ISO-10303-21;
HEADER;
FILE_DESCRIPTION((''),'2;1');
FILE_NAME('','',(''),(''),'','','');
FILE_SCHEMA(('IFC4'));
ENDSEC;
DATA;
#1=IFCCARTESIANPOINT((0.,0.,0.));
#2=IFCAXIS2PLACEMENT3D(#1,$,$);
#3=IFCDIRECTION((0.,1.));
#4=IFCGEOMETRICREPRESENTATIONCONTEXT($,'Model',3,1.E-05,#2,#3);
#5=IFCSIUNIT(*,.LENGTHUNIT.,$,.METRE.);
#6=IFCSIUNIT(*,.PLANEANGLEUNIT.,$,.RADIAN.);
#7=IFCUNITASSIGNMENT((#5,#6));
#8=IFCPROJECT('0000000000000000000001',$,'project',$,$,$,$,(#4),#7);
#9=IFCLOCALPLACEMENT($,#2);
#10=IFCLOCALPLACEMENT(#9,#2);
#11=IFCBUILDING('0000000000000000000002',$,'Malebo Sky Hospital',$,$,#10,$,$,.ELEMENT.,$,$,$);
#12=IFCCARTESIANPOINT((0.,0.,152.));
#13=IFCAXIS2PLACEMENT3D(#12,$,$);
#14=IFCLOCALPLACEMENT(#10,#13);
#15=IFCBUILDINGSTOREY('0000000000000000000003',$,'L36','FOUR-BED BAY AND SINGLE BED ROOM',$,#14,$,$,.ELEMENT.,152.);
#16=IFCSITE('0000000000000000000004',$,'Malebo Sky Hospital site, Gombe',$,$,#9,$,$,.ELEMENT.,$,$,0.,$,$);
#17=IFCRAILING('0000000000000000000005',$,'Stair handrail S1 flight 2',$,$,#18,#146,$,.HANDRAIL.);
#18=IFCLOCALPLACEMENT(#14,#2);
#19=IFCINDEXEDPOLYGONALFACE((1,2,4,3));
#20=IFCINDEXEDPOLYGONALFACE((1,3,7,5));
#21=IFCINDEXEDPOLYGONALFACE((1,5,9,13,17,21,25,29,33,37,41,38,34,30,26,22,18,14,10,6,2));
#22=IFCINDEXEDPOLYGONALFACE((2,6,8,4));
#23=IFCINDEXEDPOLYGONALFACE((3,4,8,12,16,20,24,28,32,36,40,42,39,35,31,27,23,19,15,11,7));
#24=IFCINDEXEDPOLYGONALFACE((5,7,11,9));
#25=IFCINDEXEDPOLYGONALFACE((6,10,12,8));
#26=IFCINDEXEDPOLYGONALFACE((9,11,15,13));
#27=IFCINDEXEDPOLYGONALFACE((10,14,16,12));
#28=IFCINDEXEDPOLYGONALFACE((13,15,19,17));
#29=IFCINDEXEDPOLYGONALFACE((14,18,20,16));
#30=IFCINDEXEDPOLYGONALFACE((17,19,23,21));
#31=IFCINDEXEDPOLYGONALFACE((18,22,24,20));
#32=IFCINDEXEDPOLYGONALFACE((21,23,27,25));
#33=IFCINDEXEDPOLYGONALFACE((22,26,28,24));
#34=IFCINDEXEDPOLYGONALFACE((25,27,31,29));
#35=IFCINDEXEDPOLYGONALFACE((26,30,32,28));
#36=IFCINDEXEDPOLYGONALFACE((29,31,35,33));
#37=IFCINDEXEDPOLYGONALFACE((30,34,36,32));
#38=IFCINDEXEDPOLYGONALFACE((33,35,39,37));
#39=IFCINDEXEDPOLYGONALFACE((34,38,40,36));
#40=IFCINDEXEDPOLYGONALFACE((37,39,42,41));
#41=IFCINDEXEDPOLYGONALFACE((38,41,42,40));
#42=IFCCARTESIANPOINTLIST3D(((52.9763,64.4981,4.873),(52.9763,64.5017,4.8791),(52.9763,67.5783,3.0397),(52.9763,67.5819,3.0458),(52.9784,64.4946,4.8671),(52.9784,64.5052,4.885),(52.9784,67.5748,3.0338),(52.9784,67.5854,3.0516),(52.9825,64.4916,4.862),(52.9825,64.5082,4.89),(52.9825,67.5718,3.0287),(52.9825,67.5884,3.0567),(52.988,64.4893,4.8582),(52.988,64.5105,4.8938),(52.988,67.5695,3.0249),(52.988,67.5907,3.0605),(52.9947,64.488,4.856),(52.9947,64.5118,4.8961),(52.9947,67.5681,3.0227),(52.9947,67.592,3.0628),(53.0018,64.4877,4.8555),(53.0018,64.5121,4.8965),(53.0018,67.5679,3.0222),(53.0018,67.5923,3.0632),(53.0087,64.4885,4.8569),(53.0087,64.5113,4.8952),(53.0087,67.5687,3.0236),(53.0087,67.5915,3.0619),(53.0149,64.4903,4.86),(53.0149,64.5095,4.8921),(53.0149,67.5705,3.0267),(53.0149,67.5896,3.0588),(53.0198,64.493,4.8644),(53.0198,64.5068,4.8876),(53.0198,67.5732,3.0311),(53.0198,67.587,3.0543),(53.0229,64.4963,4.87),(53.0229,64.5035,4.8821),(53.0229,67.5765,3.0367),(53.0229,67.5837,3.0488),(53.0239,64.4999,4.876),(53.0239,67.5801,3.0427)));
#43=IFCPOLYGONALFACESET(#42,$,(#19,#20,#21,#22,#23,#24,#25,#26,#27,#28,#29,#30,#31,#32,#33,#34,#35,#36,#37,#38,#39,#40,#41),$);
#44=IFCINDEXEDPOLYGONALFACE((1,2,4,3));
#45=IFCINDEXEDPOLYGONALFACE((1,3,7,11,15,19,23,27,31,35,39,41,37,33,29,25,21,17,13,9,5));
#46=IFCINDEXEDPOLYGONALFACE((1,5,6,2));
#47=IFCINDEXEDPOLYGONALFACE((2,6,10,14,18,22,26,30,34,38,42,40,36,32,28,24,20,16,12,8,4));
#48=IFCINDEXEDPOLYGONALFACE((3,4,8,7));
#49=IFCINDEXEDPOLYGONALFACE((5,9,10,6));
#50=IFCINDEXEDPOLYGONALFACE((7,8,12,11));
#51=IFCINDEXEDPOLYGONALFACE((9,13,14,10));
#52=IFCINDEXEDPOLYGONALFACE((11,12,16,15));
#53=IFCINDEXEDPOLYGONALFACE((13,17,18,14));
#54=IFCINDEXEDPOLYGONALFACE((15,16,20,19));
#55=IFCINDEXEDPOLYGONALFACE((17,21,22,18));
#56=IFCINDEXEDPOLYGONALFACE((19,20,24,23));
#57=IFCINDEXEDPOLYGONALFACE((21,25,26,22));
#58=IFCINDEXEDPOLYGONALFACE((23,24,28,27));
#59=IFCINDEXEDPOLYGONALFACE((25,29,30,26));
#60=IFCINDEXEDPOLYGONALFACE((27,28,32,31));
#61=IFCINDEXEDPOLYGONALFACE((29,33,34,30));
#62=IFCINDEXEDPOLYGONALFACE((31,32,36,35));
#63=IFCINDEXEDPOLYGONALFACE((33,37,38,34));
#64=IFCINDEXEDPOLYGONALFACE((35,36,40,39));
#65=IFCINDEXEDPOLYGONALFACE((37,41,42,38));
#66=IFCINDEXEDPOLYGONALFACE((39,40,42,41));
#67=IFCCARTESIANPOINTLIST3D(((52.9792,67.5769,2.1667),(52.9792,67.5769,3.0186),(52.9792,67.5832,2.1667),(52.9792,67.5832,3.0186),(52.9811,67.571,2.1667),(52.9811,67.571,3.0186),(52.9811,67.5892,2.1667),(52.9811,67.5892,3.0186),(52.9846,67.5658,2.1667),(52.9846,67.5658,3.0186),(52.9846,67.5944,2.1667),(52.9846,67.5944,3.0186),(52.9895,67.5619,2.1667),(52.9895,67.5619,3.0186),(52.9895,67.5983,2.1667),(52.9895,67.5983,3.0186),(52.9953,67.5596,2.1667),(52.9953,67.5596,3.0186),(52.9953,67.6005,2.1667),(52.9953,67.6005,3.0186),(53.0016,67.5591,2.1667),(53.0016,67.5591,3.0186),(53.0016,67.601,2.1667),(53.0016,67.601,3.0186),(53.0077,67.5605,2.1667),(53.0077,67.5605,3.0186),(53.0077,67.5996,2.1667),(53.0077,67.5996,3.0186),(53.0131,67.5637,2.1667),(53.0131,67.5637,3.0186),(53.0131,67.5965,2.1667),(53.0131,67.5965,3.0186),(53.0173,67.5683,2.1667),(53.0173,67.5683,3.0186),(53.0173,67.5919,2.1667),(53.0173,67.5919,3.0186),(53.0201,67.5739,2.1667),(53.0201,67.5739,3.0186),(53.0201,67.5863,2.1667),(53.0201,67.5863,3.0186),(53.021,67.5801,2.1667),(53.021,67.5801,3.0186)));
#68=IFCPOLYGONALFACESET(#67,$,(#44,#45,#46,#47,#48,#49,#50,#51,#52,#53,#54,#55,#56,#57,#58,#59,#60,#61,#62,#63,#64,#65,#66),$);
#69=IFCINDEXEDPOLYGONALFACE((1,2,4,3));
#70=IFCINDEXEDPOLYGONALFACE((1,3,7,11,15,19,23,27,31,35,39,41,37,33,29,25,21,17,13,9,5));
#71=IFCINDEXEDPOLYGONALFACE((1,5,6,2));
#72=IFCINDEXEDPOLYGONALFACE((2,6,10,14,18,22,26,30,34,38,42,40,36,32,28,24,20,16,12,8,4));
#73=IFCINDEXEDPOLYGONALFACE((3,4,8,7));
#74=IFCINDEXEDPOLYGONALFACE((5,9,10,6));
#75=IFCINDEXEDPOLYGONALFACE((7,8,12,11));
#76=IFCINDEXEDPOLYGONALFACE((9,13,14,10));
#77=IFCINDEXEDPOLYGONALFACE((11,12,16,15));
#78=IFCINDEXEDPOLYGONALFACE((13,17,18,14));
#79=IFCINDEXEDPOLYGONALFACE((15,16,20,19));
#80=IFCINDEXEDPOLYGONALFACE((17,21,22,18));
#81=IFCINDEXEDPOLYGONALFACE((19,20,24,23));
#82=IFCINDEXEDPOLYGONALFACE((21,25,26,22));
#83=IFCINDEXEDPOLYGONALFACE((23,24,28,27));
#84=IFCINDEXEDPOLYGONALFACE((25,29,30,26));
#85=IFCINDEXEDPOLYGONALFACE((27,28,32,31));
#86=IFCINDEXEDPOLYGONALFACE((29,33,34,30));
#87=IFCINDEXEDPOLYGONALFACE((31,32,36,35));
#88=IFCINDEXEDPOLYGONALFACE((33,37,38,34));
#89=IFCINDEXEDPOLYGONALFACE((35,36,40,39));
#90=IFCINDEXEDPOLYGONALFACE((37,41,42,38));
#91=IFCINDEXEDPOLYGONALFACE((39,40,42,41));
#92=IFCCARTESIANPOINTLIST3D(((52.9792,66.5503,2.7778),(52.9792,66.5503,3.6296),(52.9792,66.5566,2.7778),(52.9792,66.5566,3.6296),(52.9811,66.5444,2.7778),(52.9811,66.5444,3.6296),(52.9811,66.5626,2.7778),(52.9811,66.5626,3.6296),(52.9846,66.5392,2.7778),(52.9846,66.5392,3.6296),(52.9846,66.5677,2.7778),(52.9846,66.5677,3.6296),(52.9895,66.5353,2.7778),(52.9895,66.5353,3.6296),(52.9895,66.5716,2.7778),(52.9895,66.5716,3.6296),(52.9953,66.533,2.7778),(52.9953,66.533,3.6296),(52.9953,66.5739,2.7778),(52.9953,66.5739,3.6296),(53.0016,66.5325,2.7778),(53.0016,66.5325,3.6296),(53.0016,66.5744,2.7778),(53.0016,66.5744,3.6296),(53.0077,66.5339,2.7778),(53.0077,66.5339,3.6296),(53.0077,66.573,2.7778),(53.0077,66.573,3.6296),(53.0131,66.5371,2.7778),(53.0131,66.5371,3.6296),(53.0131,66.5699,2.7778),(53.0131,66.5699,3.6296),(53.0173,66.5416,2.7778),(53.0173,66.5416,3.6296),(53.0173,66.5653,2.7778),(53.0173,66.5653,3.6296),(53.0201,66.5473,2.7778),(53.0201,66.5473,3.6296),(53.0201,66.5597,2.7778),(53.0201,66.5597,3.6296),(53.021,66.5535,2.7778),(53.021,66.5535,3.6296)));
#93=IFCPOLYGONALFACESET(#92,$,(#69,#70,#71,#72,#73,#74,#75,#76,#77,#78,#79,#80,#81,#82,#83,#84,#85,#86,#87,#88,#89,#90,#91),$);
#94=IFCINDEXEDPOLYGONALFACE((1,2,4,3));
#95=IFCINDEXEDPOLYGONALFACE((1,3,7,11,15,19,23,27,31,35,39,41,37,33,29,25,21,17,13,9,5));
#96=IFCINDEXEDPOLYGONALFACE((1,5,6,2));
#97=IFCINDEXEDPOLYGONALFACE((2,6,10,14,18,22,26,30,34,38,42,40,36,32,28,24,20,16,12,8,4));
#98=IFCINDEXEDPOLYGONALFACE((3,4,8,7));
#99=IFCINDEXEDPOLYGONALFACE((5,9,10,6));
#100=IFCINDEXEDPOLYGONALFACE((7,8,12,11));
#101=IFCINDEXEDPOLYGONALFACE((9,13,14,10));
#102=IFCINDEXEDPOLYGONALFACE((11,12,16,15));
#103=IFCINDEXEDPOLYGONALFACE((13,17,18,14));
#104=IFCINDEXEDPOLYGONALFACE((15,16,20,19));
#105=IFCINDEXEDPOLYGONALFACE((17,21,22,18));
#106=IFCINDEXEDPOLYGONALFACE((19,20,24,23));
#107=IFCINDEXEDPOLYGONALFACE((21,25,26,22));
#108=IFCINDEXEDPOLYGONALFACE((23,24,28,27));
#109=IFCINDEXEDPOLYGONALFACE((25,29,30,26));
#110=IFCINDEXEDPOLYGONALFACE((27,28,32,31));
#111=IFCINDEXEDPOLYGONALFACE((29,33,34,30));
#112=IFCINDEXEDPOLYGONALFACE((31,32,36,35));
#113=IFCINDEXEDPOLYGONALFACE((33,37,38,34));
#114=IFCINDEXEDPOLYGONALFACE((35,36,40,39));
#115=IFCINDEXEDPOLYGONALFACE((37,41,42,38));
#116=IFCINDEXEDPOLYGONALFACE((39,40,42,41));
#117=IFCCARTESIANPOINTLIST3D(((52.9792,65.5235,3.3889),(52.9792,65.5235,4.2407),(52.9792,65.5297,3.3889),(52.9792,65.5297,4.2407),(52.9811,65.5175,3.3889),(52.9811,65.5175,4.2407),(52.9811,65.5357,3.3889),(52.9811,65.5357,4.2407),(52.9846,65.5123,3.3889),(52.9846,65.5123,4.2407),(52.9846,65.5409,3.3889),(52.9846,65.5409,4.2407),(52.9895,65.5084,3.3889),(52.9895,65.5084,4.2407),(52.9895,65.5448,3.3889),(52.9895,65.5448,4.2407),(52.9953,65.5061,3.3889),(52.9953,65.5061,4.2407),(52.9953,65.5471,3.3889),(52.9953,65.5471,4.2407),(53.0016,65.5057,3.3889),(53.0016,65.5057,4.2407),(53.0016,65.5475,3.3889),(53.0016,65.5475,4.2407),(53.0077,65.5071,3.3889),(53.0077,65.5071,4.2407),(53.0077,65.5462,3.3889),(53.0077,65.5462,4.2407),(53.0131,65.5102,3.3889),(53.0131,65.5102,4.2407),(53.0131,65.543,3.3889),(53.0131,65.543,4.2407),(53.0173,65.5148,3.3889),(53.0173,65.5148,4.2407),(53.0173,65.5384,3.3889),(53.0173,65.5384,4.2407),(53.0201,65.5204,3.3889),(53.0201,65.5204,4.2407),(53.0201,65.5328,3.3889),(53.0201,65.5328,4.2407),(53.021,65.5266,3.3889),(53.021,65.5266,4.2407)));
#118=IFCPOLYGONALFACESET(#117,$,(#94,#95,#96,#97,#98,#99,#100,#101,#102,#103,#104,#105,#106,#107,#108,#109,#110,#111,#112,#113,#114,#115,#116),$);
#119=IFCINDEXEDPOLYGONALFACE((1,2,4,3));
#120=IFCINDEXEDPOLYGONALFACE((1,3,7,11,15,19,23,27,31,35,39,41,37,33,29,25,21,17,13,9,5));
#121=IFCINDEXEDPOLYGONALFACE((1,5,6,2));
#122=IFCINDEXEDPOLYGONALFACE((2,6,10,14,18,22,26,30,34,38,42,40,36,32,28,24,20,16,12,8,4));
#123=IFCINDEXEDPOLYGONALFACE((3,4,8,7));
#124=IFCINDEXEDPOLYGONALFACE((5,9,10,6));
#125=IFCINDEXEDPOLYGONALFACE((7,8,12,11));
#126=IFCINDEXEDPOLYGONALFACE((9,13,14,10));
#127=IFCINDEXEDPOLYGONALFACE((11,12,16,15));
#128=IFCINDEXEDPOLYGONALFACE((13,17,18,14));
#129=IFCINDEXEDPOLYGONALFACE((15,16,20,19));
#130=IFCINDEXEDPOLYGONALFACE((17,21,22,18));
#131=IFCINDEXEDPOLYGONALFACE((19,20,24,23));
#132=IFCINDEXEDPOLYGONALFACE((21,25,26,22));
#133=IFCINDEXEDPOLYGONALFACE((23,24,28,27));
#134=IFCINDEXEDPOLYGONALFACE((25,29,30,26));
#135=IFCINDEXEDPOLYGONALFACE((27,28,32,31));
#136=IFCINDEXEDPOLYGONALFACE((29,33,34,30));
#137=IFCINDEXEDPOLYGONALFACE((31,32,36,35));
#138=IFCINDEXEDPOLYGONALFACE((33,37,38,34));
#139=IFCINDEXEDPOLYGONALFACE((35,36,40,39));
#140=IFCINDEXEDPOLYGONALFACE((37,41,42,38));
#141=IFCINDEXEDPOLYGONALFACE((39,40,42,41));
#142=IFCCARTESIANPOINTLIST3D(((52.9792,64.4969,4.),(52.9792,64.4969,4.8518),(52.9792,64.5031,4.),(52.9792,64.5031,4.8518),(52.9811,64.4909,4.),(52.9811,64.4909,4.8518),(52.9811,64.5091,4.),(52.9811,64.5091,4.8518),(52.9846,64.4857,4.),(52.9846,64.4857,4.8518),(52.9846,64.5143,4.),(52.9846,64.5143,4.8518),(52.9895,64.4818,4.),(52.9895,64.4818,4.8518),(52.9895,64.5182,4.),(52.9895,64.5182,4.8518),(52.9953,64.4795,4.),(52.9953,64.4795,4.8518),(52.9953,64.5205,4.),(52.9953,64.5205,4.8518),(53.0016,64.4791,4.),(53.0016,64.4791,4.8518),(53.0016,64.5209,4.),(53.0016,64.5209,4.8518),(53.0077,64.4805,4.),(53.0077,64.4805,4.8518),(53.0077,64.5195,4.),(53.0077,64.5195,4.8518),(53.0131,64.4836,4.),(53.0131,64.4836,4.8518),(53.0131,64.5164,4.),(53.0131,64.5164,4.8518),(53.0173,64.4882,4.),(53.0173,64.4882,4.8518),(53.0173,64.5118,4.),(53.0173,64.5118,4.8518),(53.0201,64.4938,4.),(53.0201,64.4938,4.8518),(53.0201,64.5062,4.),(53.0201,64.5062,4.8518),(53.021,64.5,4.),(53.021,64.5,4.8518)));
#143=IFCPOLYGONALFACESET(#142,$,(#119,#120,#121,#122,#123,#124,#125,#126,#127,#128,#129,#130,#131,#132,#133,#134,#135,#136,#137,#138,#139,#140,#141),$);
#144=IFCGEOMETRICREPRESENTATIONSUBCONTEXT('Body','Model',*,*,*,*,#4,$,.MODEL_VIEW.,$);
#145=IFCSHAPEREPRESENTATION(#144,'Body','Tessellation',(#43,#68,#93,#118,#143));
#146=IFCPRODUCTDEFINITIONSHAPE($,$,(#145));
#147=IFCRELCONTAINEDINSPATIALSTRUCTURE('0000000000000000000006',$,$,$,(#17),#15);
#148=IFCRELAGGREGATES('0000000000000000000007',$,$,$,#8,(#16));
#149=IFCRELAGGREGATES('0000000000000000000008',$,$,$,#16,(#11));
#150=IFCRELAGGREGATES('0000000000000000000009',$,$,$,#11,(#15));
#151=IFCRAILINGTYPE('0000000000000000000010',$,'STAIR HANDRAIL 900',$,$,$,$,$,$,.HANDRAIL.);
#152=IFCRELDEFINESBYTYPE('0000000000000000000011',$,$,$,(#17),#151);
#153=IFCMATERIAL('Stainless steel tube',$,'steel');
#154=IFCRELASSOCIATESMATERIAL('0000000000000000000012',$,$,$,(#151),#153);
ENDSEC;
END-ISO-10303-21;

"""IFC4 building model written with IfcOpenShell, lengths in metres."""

from ifc_helpers import new_model, si_unit, direction, frame, origin, origin_2d, place, context, subcontext, project, spatial, circle, extrude, material, type_object, element, save


model = new_model("IFC4")

# Units and contexts
model_context = context("Model", 3, precision=1e-05, world=origin(), true_north=direction((0.0, 1.0)))
body_context = subcontext(model_context, "Body", "Model", "MODEL_VIEW")
ifc_project = project(units=[si_unit("LENGTHUNIT", "METRE"), si_unit("PLANEANGLEUNIT", "RADIAN")], contexts=[model_context])

# Site, building, storey
site_placement = place(None, origin())
site = spatial("IfcSite", under=ifc_project, at=site_placement, Name="Malebo Sky Hospital site, Gombe", CompositionType="ELEMENT", RefElevation=0.0)
building_placement = place(site_placement, origin())
building = spatial("IfcBuilding", under=site, at=building_placement, Name="Malebo Sky Hospital", CompositionType="ELEMENT")
storey_placement = place(building_placement, frame((0.0, 0.0, 152.0)))
storey = spatial("IfcBuildingStorey", under=building, at=storey_placement, Name="L36", Description="FOUR-BED BAY AND SINGLE BED ROOM", CompositionType="ELEMENT", Elevation=152.0)

# Railing
ifc_material_1 = material(Name="Stainless steel tube", Category="steel")
railing_type = type_object("IfcRailingType", Name="STAIR HANDRAIL 900", PredefinedType="HANDRAIL", material=ifc_material_1)
railing_1_placement = place(storey_placement, frame((53.0, 67.5801, 2.1667)))
element("IfcRailing", 1, at=railing_1_placement, inside=storey, type_object=railing_type, Name="Stair handrail S1 flight 2", PredefinedType="HANDRAIL", context=body_context, shape_type="SweptSolid", body=[
    extrude(circle(Radius=0.0239, at=origin_2d()), frame((0.0, 0.0, 0.876), z_axis=(0.0, -0.859309, 0.511458), x_axis=(1.0, 0.0, 0.0)), (0.0, 0.0, 1.0), 3.5845),
    extrude(circle(Radius=0.021, at=origin_2d()), origin(), (0.0, 0.0, 1.0), 0.8518),
    extrude(circle(Radius=0.021, at=origin_2d()), frame((0.0, -1.0266, 0.6111)), (0.0, 0.0, 1.0), 0.8518),
    extrude(circle(Radius=0.021, at=origin_2d()), frame((0.0, -2.0535, 1.2222)), (0.0, 0.0, 1.0), 0.8518),
    extrude(circle(Radius=0.021, at=origin_2d()), frame((0.0, -3.0801, 1.8333)), (0.0, 0.0, 1.0), 0.8518),
])

save(model, "model.ifc")
